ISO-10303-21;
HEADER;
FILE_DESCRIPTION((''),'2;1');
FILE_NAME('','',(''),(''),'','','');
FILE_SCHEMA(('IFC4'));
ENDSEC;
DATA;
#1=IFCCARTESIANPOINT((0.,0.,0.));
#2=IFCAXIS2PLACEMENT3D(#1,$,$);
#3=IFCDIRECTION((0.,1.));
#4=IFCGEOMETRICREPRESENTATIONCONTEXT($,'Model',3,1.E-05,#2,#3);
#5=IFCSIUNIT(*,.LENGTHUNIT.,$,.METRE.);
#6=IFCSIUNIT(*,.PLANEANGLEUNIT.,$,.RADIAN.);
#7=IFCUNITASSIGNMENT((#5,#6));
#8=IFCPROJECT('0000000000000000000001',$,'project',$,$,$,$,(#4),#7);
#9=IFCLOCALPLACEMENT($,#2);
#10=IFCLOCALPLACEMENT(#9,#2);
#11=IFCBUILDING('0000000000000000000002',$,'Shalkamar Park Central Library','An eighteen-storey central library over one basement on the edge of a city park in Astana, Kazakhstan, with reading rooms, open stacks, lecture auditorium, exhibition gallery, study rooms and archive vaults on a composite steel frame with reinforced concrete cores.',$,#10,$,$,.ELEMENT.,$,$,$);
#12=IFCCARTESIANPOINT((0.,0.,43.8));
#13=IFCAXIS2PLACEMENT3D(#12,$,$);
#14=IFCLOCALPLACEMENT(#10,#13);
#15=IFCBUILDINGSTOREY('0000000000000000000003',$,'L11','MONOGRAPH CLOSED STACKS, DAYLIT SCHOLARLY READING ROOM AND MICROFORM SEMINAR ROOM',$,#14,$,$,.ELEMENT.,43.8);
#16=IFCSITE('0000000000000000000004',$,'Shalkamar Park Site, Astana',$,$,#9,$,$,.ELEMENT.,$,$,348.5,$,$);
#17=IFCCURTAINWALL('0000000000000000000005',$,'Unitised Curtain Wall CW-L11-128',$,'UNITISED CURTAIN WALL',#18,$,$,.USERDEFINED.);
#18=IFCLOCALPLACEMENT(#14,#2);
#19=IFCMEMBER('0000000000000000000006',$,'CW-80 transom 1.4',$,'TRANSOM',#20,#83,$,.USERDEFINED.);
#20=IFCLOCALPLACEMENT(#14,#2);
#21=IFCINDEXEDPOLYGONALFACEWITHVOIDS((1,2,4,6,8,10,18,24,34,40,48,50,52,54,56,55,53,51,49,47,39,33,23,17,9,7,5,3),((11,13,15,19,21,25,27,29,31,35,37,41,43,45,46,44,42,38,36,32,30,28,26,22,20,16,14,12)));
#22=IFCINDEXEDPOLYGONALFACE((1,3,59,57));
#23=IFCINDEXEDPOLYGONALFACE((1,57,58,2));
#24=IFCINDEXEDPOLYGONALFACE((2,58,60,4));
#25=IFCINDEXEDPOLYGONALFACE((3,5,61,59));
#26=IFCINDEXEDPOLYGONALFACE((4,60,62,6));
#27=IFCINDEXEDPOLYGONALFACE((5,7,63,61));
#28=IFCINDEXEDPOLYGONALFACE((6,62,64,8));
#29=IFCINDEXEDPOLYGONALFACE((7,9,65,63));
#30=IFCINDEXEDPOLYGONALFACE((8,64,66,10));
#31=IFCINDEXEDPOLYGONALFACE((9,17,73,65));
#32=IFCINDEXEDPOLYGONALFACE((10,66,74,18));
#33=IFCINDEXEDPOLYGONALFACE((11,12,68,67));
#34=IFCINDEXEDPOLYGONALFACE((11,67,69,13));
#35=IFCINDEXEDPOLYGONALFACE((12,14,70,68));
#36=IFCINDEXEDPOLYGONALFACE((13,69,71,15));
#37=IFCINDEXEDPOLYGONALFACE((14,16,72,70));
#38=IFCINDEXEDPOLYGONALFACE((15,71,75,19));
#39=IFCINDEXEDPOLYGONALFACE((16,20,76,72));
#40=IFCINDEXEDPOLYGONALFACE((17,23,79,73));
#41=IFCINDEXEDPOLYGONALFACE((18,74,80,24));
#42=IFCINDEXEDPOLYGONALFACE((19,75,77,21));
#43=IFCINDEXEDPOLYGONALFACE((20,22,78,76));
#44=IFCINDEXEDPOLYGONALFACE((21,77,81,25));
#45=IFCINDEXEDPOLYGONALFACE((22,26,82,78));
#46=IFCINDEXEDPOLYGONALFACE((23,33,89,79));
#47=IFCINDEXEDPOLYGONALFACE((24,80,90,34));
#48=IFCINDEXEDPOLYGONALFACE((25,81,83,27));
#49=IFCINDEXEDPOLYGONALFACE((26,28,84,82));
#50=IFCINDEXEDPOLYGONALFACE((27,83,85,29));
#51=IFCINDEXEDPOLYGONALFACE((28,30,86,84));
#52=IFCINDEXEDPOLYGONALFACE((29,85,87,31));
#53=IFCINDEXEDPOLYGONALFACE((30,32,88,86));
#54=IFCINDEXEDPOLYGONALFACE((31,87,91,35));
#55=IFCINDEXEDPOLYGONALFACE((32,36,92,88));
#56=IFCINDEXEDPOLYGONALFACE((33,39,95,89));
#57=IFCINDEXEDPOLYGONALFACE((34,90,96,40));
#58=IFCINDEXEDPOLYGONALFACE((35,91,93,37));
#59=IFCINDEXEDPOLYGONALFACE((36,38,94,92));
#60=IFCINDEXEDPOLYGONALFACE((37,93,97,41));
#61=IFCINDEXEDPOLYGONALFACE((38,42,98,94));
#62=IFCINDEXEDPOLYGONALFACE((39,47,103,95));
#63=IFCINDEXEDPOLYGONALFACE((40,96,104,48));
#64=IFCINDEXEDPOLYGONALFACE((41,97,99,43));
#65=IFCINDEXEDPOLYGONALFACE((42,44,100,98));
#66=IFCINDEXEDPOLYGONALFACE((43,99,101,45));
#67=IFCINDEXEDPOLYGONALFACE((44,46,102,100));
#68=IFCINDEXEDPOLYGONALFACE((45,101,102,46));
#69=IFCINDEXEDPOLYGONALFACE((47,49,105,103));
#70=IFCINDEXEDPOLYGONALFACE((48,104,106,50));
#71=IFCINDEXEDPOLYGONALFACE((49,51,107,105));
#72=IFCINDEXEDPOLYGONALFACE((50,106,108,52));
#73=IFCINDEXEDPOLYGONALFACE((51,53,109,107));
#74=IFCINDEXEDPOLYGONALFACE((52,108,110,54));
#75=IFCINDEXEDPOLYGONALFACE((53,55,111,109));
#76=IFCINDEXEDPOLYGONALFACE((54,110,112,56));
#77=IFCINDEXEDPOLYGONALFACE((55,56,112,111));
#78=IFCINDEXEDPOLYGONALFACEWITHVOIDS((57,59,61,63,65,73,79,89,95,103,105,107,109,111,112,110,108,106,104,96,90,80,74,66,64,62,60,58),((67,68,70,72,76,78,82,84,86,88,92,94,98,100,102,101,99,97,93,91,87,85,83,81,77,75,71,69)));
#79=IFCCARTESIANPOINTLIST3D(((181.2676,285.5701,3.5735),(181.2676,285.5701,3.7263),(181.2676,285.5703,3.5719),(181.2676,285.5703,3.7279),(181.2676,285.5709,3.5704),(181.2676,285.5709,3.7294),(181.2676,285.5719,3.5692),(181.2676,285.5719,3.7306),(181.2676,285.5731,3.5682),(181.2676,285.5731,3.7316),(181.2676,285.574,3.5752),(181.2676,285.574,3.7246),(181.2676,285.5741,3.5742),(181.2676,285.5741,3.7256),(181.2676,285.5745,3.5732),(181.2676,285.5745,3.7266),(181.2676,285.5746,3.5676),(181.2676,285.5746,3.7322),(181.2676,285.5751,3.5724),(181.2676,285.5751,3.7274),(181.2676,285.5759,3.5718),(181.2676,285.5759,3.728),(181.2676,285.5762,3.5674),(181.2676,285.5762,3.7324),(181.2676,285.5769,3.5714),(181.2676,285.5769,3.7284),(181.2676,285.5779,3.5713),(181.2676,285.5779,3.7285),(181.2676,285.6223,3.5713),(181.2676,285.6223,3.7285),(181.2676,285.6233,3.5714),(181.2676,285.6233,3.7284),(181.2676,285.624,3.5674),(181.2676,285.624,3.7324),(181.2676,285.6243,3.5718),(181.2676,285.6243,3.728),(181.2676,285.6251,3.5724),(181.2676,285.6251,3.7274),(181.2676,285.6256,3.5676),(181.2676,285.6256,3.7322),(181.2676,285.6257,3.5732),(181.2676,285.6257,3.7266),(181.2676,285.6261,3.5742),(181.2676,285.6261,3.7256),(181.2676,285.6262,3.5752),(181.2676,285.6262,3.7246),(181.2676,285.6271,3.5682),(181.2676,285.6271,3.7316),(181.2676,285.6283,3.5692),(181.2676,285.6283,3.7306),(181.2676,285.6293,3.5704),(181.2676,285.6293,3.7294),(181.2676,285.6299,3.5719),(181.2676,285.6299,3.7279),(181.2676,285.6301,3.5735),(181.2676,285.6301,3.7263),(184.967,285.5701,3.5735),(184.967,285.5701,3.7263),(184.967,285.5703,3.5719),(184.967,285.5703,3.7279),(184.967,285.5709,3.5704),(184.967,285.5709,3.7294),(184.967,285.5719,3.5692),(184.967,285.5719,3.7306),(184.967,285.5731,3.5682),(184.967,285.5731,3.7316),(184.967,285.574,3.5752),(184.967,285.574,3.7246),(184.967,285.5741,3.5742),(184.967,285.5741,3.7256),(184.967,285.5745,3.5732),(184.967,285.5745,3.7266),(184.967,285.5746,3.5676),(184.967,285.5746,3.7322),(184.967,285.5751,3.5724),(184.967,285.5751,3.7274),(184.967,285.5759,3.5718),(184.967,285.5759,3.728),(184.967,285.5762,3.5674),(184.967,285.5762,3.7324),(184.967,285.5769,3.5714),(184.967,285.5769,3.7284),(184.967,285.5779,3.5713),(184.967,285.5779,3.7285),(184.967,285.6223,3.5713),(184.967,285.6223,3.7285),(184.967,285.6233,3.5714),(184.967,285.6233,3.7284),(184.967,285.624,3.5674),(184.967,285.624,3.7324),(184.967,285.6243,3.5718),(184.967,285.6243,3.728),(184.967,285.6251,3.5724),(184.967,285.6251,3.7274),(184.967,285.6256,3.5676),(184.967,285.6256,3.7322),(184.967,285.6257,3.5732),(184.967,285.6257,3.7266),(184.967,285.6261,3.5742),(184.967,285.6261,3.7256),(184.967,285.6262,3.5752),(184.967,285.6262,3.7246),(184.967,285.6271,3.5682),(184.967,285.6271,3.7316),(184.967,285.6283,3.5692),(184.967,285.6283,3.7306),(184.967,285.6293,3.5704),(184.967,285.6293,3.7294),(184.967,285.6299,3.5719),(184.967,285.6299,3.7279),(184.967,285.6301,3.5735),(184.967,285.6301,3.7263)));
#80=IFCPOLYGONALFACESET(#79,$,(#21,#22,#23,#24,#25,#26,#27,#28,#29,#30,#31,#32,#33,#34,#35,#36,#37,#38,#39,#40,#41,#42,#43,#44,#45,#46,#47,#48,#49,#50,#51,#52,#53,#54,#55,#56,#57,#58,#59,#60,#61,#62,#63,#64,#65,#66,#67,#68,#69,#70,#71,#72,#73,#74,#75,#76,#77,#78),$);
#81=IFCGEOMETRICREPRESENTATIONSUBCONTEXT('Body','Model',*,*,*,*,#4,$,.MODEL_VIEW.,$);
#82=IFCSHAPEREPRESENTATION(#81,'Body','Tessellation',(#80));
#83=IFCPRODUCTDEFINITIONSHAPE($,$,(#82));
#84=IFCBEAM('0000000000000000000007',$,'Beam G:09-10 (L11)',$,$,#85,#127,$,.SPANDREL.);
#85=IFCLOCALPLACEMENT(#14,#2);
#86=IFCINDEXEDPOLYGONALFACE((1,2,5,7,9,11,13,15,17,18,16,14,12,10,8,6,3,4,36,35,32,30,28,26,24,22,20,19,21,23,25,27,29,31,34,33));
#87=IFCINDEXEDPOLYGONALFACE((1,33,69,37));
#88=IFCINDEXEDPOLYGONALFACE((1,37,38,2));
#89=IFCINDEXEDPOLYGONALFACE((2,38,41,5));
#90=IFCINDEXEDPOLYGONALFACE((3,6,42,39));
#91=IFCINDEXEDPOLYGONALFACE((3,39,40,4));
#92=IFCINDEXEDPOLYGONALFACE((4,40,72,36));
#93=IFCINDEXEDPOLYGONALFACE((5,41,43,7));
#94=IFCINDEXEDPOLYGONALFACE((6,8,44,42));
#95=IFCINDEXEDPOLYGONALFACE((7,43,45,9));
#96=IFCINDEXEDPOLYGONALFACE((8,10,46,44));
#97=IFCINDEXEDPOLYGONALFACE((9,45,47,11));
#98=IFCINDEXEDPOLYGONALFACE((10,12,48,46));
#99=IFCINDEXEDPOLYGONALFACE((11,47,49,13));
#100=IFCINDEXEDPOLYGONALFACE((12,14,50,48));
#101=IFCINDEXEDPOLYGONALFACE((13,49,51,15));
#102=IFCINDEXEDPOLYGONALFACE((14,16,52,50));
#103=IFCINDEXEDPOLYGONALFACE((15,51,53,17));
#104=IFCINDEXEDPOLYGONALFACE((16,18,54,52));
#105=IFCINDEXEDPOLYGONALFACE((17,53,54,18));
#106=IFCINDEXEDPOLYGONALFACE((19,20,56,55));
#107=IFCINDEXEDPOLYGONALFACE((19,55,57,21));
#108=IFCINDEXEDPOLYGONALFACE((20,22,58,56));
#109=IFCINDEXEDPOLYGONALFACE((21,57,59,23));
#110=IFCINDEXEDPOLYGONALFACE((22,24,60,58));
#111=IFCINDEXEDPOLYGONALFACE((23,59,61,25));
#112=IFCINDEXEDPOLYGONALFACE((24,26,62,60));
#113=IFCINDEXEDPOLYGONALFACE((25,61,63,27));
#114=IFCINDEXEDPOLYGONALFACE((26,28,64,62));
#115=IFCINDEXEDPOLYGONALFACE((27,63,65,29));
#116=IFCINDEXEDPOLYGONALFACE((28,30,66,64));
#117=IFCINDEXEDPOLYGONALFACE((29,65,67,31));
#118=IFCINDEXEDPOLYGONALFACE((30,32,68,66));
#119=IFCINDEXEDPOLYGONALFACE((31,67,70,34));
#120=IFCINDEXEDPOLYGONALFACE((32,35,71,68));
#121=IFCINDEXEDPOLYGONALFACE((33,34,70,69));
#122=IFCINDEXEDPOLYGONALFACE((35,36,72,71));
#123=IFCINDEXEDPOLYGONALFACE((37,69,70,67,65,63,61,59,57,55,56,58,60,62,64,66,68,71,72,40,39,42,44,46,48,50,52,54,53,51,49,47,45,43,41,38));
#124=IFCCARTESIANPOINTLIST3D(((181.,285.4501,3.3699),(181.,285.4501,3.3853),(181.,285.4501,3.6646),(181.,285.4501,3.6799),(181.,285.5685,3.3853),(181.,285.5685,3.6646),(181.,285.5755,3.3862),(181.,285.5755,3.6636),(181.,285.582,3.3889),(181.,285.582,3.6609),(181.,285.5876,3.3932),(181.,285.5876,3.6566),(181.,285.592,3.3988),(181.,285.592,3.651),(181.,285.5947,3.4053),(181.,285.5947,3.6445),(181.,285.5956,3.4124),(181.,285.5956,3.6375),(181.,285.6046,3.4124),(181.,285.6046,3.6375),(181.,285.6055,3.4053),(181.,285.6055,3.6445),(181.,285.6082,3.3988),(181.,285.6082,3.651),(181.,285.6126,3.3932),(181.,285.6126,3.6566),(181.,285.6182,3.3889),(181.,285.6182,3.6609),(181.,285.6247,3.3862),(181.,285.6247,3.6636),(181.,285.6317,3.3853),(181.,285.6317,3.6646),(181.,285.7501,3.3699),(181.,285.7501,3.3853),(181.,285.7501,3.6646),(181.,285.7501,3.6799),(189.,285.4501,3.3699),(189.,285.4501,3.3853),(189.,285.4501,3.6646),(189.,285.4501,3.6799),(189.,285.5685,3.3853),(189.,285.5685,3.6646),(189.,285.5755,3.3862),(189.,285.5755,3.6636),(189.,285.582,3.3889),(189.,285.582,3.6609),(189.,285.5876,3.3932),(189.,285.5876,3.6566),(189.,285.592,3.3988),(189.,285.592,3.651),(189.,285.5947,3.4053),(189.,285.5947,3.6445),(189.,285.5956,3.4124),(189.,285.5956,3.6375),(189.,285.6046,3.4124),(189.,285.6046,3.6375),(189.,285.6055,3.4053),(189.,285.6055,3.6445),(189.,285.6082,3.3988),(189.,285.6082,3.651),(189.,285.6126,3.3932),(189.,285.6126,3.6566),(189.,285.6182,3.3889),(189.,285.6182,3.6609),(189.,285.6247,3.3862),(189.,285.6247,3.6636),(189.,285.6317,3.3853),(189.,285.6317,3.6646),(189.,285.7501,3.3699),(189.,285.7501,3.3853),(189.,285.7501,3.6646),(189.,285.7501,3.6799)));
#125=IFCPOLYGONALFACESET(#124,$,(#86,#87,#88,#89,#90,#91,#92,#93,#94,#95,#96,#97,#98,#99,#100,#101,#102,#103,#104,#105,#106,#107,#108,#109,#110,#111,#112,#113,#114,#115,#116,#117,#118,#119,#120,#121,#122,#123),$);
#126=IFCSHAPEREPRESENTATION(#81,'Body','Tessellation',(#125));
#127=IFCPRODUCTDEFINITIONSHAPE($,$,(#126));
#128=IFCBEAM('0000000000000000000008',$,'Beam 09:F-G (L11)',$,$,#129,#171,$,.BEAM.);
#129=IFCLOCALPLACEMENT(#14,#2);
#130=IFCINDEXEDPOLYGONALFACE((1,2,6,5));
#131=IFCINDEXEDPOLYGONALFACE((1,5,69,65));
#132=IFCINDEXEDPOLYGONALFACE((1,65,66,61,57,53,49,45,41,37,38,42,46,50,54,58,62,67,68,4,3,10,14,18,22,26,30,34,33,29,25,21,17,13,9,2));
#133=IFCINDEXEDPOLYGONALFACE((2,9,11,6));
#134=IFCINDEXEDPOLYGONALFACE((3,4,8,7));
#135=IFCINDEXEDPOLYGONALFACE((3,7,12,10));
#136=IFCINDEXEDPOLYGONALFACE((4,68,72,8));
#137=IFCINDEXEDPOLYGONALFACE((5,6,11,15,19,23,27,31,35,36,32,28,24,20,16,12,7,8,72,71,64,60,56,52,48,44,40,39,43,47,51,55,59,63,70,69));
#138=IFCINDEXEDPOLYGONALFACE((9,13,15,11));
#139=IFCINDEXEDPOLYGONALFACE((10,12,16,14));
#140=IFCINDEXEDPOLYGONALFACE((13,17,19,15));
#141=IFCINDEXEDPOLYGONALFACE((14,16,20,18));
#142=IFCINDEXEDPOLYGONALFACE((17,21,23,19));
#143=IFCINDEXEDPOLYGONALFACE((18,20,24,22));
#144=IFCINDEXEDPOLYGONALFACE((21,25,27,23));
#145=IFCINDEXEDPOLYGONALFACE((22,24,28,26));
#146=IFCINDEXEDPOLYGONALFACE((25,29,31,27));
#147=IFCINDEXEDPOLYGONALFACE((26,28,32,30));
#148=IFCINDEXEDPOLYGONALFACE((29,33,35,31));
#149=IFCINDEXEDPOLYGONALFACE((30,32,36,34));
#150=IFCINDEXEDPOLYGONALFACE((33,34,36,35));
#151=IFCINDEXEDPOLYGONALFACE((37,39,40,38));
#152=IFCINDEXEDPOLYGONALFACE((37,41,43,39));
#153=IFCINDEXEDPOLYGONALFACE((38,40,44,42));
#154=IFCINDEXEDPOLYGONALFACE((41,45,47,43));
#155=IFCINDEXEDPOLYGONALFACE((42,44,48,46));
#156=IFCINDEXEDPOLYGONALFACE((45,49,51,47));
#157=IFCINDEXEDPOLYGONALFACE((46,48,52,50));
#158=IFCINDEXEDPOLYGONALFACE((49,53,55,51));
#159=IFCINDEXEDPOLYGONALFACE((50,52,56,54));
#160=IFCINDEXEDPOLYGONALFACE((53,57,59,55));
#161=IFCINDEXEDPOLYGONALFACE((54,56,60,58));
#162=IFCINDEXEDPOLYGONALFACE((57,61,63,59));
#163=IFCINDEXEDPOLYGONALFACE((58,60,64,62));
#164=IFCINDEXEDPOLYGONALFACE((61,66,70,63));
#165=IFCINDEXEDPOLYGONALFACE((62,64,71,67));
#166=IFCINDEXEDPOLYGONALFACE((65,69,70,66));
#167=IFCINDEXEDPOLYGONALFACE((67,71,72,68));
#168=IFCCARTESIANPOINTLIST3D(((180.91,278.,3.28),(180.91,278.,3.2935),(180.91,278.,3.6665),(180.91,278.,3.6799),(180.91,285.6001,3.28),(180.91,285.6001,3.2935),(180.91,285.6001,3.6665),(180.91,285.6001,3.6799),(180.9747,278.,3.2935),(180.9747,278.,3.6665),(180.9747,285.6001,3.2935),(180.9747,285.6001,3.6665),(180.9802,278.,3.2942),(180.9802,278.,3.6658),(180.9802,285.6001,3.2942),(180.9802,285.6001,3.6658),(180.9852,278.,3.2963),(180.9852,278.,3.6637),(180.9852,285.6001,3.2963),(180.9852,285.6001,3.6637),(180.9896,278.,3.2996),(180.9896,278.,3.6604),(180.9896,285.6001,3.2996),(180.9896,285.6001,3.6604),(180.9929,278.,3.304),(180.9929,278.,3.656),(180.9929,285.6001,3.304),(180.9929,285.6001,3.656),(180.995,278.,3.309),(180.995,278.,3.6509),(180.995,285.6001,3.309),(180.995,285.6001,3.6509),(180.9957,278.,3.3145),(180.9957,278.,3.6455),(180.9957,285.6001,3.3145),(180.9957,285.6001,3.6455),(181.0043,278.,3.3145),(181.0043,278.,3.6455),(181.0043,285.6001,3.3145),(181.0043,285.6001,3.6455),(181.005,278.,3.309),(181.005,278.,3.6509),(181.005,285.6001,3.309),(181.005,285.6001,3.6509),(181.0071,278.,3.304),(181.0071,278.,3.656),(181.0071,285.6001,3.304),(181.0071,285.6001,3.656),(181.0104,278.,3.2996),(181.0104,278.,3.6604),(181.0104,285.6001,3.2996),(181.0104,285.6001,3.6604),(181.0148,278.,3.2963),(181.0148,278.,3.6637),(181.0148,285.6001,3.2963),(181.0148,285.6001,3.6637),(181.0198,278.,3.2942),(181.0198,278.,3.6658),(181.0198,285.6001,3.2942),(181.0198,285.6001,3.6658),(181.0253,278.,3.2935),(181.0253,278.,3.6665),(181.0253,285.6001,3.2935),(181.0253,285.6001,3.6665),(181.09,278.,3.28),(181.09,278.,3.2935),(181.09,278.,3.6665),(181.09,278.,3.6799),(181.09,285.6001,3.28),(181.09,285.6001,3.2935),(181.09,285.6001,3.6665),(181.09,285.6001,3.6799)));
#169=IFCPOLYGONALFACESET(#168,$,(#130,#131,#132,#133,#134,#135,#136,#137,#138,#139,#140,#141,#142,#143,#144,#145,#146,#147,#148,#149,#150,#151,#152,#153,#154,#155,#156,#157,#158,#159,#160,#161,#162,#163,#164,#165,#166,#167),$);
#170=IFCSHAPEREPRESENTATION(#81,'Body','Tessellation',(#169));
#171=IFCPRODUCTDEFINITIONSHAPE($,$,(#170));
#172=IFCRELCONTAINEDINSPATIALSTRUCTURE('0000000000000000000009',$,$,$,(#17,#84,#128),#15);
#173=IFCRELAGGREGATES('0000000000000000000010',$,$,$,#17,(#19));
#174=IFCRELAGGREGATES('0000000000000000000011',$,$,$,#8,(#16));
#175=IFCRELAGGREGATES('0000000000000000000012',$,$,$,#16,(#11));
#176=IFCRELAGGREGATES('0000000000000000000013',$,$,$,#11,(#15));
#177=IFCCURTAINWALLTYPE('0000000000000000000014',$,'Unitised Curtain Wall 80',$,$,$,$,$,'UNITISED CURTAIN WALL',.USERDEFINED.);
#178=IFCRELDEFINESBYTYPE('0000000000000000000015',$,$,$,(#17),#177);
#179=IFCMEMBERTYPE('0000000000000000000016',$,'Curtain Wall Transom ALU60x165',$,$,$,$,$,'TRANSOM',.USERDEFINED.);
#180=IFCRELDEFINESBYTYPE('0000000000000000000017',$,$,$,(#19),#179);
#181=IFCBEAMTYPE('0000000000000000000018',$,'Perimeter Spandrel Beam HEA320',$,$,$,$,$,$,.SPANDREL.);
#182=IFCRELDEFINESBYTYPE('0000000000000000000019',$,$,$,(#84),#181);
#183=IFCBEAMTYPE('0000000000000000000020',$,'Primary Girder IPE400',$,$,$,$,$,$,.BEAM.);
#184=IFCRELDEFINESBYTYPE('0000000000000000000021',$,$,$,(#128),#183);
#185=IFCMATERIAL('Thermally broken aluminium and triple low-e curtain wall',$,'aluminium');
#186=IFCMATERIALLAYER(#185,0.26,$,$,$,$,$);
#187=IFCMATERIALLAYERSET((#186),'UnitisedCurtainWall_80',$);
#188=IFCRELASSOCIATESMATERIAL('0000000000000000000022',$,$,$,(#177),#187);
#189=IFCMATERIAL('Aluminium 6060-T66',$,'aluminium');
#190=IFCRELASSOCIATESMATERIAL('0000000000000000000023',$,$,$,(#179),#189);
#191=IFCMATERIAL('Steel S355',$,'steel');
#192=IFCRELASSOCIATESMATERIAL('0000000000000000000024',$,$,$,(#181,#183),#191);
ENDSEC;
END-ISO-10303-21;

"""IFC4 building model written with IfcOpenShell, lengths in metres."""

from ifc_helpers import new_model, si_unit, direction, frame, origin, origin_2d, place, context, subcontext, project, spatial, hollow_rectangle, i_section, extrude, material, layer, layer_set, material_profile, profile_set, type_object, element, aggregate, save


model = new_model("IFC4")

# Units and contexts
model_context = context("Model", 3, precision=1e-05, world=origin(), true_north=direction((0.0, 1.0)))
body_context = subcontext(model_context, "Body", "Model", "MODEL_VIEW")
ifc_project = project(units=[si_unit("LENGTHUNIT", "METRE"), si_unit("PLANEANGLEUNIT", "RADIAN")], contexts=[model_context])

# Site, building, storey
site_placement = place(None, origin())
site = spatial("IfcSite", under=ifc_project, at=site_placement, Name="Shalkamar Park Site, Astana", CompositionType="ELEMENT", RefElevation=348.5)
building_placement = place(site_placement, origin())
building = spatial("IfcBuilding", under=site, at=building_placement, Name="Shalkamar Park Central Library", Description="An eighteen-storey central library over one basement on the edge of a city park in Astana, Kazakhstan, with reading rooms, open stacks, lecture auditorium, exhibition gallery, study rooms and archive vaults on a composite steel frame with reinforced concrete cores.", CompositionType="ELEMENT")
storey_placement = place(building_placement, frame((0.0, 0.0, 43.8)))
storey = spatial("IfcBuildingStorey", under=building, at=storey_placement, Name="L11", Description="MONOGRAPH CLOSED STACKS, DAYLIT SCHOLARLY READING ROOM AND MICROFORM SEMINAR ROOM", CompositionType="ELEMENT", Elevation=43.8)

# Shared definitions
ifc_material_1 = material(Name="Steel S355", Category="steel")

# Shared definitions
ifc_material_2 = material(Name="Thermally broken aluminium and triple low-e curtain wall", Category="aluminium")
ifc_material_3 = material(Name="Aluminium 6060-T66", Category="aluminium")

# Curtain wall
ifc_layer_1 = layer(ifc_material_2, 0.26)
ifc_layer_set_1 = layer_set([ifc_layer_1], Name="UnitisedCurtainWall_80")
curtain_wall_type_1 = type_object("IfcCurtainWallType", Name="Unitised Curtain Wall 80", ElementType="UNITISED CURTAIN WALL", PredefinedType="USERDEFINED", material=ifc_layer_set_1)
curtain_wall_1_placement = place(storey_placement, origin())
curtain_wall_1 = element("IfcCurtainWall", 1, at=curtain_wall_1_placement, inside=storey, type_object=curtain_wall_type_1, Name="Unitised Curtain Wall CW-L11-128", ObjectType="UNITISED CURTAIN WALL", PredefinedType="USERDEFINED")

# Member
ifc_material_profile_1 = material_profile(ifc_material_3, hollow_rectangle(XDim=0.0601, YDim=0.165, WallThickness=0.0039, InnerFilletRadius=0.0039, OuterFilletRadius=0.0061, at=origin_2d()), Name="ALU 60x165x4")
ifc_profile_set_1 = profile_set([ifc_material_profile_1], Name="Aluminium 6060-T66")
member_type_1 = type_object("IfcMemberType", Name="Curtain Wall Transom ALU60x165", ElementType="TRANSOM", PredefinedType="USERDEFINED", material=ifc_profile_set_1)
member_1_placement = place(storey_placement, frame((181.2676, 285.6001, 3.6499), z_axis=(1.0, 0.0, 0.0), x_axis=(0.0, 1.0, 0.0)))
member_1 = element("IfcMember", 2, at=member_1_placement, type_object=member_type_1, Name="CW-80 transom 1.4", ObjectType="TRANSOM", PredefinedType="USERDEFINED", context=body_context, shape_type="SweptSolid", body=[
    extrude(hollow_rectangle(XDim=0.0601, YDim=0.165, WallThickness=0.0039, InnerFilletRadius=0.0039, OuterFilletRadius=0.0061, at=origin_2d()), origin(), (0.0, 0.0, 1.0), 3.6995),
])

# Beams
ifc_material_profile_2 = material_profile(ifc_material_1, i_section(OverallWidth=0.3, OverallDepth=0.3101, WebThickness=0.009, FlangeThickness=0.0154, FilletRadius=0.0271, at=origin_2d()), Name="HEA 320")
ifc_profile_set_2 = profile_set([ifc_material_profile_2], Name="Steel S355")
beam_type_1 = type_object("IfcBeamType", Name="Perimeter Spandrel Beam HEA320", PredefinedType="SPANDREL", material=ifc_profile_set_2)
beam_1_placement = place(storey_placement, frame((181.0, 285.6001, 3.5249), z_axis=(1.0, 0.0, 0.0), x_axis=(0.0, 1.0, 0.0)))
element("IfcBeam", 3, at=beam_1_placement, inside=storey, type_object=beam_type_1, Name="Beam G:09-10 (L11)", PredefinedType="SPANDREL", context=body_context, shape_type="SweptSolid", body=[
    extrude(i_section(OverallWidth=0.3, OverallDepth=0.3101, WebThickness=0.009, FlangeThickness=0.0154, FilletRadius=0.0271, at=origin_2d()), origin(), (0.0, 0.0, 1.0), 8.0),
])
ifc_material_profile_3 = material_profile(ifc_material_1, i_section(OverallWidth=0.1799, OverallDepth=0.3999, WebThickness=0.0085, FlangeThickness=0.0134, FilletRadius=0.021, at=origin_2d()), Name="IPE 400")
ifc_profile_set_3 = profile_set([ifc_material_profile_3], Name="Steel S355")
beam_type_2 = type_object("IfcBeamType", Name="Primary Girder IPE400", PredefinedType="BEAM", material=ifc_profile_set_3)
beam_2_placement = place(storey_placement, frame((181.0, 278.0, 3.48), z_axis=(0.0, 1.0, 0.0), x_axis=(-1.0, 0.0, 0.0)))
element("IfcBeam", 4, at=beam_2_placement, inside=storey, type_object=beam_type_2, Name="Beam 09:F-G (L11)", PredefinedType="BEAM", context=body_context, shape_type="SweptSolid", body=[
    extrude(i_section(OverallWidth=0.1799, OverallDepth=0.3999, WebThickness=0.0085, FlangeThickness=0.0134, FilletRadius=0.021, at=origin_2d()), origin(), (0.0, 0.0, 1.0), 7.6001),
])

aggregate(curtain_wall_1, [member_1])

save(model, "model.ifc")
